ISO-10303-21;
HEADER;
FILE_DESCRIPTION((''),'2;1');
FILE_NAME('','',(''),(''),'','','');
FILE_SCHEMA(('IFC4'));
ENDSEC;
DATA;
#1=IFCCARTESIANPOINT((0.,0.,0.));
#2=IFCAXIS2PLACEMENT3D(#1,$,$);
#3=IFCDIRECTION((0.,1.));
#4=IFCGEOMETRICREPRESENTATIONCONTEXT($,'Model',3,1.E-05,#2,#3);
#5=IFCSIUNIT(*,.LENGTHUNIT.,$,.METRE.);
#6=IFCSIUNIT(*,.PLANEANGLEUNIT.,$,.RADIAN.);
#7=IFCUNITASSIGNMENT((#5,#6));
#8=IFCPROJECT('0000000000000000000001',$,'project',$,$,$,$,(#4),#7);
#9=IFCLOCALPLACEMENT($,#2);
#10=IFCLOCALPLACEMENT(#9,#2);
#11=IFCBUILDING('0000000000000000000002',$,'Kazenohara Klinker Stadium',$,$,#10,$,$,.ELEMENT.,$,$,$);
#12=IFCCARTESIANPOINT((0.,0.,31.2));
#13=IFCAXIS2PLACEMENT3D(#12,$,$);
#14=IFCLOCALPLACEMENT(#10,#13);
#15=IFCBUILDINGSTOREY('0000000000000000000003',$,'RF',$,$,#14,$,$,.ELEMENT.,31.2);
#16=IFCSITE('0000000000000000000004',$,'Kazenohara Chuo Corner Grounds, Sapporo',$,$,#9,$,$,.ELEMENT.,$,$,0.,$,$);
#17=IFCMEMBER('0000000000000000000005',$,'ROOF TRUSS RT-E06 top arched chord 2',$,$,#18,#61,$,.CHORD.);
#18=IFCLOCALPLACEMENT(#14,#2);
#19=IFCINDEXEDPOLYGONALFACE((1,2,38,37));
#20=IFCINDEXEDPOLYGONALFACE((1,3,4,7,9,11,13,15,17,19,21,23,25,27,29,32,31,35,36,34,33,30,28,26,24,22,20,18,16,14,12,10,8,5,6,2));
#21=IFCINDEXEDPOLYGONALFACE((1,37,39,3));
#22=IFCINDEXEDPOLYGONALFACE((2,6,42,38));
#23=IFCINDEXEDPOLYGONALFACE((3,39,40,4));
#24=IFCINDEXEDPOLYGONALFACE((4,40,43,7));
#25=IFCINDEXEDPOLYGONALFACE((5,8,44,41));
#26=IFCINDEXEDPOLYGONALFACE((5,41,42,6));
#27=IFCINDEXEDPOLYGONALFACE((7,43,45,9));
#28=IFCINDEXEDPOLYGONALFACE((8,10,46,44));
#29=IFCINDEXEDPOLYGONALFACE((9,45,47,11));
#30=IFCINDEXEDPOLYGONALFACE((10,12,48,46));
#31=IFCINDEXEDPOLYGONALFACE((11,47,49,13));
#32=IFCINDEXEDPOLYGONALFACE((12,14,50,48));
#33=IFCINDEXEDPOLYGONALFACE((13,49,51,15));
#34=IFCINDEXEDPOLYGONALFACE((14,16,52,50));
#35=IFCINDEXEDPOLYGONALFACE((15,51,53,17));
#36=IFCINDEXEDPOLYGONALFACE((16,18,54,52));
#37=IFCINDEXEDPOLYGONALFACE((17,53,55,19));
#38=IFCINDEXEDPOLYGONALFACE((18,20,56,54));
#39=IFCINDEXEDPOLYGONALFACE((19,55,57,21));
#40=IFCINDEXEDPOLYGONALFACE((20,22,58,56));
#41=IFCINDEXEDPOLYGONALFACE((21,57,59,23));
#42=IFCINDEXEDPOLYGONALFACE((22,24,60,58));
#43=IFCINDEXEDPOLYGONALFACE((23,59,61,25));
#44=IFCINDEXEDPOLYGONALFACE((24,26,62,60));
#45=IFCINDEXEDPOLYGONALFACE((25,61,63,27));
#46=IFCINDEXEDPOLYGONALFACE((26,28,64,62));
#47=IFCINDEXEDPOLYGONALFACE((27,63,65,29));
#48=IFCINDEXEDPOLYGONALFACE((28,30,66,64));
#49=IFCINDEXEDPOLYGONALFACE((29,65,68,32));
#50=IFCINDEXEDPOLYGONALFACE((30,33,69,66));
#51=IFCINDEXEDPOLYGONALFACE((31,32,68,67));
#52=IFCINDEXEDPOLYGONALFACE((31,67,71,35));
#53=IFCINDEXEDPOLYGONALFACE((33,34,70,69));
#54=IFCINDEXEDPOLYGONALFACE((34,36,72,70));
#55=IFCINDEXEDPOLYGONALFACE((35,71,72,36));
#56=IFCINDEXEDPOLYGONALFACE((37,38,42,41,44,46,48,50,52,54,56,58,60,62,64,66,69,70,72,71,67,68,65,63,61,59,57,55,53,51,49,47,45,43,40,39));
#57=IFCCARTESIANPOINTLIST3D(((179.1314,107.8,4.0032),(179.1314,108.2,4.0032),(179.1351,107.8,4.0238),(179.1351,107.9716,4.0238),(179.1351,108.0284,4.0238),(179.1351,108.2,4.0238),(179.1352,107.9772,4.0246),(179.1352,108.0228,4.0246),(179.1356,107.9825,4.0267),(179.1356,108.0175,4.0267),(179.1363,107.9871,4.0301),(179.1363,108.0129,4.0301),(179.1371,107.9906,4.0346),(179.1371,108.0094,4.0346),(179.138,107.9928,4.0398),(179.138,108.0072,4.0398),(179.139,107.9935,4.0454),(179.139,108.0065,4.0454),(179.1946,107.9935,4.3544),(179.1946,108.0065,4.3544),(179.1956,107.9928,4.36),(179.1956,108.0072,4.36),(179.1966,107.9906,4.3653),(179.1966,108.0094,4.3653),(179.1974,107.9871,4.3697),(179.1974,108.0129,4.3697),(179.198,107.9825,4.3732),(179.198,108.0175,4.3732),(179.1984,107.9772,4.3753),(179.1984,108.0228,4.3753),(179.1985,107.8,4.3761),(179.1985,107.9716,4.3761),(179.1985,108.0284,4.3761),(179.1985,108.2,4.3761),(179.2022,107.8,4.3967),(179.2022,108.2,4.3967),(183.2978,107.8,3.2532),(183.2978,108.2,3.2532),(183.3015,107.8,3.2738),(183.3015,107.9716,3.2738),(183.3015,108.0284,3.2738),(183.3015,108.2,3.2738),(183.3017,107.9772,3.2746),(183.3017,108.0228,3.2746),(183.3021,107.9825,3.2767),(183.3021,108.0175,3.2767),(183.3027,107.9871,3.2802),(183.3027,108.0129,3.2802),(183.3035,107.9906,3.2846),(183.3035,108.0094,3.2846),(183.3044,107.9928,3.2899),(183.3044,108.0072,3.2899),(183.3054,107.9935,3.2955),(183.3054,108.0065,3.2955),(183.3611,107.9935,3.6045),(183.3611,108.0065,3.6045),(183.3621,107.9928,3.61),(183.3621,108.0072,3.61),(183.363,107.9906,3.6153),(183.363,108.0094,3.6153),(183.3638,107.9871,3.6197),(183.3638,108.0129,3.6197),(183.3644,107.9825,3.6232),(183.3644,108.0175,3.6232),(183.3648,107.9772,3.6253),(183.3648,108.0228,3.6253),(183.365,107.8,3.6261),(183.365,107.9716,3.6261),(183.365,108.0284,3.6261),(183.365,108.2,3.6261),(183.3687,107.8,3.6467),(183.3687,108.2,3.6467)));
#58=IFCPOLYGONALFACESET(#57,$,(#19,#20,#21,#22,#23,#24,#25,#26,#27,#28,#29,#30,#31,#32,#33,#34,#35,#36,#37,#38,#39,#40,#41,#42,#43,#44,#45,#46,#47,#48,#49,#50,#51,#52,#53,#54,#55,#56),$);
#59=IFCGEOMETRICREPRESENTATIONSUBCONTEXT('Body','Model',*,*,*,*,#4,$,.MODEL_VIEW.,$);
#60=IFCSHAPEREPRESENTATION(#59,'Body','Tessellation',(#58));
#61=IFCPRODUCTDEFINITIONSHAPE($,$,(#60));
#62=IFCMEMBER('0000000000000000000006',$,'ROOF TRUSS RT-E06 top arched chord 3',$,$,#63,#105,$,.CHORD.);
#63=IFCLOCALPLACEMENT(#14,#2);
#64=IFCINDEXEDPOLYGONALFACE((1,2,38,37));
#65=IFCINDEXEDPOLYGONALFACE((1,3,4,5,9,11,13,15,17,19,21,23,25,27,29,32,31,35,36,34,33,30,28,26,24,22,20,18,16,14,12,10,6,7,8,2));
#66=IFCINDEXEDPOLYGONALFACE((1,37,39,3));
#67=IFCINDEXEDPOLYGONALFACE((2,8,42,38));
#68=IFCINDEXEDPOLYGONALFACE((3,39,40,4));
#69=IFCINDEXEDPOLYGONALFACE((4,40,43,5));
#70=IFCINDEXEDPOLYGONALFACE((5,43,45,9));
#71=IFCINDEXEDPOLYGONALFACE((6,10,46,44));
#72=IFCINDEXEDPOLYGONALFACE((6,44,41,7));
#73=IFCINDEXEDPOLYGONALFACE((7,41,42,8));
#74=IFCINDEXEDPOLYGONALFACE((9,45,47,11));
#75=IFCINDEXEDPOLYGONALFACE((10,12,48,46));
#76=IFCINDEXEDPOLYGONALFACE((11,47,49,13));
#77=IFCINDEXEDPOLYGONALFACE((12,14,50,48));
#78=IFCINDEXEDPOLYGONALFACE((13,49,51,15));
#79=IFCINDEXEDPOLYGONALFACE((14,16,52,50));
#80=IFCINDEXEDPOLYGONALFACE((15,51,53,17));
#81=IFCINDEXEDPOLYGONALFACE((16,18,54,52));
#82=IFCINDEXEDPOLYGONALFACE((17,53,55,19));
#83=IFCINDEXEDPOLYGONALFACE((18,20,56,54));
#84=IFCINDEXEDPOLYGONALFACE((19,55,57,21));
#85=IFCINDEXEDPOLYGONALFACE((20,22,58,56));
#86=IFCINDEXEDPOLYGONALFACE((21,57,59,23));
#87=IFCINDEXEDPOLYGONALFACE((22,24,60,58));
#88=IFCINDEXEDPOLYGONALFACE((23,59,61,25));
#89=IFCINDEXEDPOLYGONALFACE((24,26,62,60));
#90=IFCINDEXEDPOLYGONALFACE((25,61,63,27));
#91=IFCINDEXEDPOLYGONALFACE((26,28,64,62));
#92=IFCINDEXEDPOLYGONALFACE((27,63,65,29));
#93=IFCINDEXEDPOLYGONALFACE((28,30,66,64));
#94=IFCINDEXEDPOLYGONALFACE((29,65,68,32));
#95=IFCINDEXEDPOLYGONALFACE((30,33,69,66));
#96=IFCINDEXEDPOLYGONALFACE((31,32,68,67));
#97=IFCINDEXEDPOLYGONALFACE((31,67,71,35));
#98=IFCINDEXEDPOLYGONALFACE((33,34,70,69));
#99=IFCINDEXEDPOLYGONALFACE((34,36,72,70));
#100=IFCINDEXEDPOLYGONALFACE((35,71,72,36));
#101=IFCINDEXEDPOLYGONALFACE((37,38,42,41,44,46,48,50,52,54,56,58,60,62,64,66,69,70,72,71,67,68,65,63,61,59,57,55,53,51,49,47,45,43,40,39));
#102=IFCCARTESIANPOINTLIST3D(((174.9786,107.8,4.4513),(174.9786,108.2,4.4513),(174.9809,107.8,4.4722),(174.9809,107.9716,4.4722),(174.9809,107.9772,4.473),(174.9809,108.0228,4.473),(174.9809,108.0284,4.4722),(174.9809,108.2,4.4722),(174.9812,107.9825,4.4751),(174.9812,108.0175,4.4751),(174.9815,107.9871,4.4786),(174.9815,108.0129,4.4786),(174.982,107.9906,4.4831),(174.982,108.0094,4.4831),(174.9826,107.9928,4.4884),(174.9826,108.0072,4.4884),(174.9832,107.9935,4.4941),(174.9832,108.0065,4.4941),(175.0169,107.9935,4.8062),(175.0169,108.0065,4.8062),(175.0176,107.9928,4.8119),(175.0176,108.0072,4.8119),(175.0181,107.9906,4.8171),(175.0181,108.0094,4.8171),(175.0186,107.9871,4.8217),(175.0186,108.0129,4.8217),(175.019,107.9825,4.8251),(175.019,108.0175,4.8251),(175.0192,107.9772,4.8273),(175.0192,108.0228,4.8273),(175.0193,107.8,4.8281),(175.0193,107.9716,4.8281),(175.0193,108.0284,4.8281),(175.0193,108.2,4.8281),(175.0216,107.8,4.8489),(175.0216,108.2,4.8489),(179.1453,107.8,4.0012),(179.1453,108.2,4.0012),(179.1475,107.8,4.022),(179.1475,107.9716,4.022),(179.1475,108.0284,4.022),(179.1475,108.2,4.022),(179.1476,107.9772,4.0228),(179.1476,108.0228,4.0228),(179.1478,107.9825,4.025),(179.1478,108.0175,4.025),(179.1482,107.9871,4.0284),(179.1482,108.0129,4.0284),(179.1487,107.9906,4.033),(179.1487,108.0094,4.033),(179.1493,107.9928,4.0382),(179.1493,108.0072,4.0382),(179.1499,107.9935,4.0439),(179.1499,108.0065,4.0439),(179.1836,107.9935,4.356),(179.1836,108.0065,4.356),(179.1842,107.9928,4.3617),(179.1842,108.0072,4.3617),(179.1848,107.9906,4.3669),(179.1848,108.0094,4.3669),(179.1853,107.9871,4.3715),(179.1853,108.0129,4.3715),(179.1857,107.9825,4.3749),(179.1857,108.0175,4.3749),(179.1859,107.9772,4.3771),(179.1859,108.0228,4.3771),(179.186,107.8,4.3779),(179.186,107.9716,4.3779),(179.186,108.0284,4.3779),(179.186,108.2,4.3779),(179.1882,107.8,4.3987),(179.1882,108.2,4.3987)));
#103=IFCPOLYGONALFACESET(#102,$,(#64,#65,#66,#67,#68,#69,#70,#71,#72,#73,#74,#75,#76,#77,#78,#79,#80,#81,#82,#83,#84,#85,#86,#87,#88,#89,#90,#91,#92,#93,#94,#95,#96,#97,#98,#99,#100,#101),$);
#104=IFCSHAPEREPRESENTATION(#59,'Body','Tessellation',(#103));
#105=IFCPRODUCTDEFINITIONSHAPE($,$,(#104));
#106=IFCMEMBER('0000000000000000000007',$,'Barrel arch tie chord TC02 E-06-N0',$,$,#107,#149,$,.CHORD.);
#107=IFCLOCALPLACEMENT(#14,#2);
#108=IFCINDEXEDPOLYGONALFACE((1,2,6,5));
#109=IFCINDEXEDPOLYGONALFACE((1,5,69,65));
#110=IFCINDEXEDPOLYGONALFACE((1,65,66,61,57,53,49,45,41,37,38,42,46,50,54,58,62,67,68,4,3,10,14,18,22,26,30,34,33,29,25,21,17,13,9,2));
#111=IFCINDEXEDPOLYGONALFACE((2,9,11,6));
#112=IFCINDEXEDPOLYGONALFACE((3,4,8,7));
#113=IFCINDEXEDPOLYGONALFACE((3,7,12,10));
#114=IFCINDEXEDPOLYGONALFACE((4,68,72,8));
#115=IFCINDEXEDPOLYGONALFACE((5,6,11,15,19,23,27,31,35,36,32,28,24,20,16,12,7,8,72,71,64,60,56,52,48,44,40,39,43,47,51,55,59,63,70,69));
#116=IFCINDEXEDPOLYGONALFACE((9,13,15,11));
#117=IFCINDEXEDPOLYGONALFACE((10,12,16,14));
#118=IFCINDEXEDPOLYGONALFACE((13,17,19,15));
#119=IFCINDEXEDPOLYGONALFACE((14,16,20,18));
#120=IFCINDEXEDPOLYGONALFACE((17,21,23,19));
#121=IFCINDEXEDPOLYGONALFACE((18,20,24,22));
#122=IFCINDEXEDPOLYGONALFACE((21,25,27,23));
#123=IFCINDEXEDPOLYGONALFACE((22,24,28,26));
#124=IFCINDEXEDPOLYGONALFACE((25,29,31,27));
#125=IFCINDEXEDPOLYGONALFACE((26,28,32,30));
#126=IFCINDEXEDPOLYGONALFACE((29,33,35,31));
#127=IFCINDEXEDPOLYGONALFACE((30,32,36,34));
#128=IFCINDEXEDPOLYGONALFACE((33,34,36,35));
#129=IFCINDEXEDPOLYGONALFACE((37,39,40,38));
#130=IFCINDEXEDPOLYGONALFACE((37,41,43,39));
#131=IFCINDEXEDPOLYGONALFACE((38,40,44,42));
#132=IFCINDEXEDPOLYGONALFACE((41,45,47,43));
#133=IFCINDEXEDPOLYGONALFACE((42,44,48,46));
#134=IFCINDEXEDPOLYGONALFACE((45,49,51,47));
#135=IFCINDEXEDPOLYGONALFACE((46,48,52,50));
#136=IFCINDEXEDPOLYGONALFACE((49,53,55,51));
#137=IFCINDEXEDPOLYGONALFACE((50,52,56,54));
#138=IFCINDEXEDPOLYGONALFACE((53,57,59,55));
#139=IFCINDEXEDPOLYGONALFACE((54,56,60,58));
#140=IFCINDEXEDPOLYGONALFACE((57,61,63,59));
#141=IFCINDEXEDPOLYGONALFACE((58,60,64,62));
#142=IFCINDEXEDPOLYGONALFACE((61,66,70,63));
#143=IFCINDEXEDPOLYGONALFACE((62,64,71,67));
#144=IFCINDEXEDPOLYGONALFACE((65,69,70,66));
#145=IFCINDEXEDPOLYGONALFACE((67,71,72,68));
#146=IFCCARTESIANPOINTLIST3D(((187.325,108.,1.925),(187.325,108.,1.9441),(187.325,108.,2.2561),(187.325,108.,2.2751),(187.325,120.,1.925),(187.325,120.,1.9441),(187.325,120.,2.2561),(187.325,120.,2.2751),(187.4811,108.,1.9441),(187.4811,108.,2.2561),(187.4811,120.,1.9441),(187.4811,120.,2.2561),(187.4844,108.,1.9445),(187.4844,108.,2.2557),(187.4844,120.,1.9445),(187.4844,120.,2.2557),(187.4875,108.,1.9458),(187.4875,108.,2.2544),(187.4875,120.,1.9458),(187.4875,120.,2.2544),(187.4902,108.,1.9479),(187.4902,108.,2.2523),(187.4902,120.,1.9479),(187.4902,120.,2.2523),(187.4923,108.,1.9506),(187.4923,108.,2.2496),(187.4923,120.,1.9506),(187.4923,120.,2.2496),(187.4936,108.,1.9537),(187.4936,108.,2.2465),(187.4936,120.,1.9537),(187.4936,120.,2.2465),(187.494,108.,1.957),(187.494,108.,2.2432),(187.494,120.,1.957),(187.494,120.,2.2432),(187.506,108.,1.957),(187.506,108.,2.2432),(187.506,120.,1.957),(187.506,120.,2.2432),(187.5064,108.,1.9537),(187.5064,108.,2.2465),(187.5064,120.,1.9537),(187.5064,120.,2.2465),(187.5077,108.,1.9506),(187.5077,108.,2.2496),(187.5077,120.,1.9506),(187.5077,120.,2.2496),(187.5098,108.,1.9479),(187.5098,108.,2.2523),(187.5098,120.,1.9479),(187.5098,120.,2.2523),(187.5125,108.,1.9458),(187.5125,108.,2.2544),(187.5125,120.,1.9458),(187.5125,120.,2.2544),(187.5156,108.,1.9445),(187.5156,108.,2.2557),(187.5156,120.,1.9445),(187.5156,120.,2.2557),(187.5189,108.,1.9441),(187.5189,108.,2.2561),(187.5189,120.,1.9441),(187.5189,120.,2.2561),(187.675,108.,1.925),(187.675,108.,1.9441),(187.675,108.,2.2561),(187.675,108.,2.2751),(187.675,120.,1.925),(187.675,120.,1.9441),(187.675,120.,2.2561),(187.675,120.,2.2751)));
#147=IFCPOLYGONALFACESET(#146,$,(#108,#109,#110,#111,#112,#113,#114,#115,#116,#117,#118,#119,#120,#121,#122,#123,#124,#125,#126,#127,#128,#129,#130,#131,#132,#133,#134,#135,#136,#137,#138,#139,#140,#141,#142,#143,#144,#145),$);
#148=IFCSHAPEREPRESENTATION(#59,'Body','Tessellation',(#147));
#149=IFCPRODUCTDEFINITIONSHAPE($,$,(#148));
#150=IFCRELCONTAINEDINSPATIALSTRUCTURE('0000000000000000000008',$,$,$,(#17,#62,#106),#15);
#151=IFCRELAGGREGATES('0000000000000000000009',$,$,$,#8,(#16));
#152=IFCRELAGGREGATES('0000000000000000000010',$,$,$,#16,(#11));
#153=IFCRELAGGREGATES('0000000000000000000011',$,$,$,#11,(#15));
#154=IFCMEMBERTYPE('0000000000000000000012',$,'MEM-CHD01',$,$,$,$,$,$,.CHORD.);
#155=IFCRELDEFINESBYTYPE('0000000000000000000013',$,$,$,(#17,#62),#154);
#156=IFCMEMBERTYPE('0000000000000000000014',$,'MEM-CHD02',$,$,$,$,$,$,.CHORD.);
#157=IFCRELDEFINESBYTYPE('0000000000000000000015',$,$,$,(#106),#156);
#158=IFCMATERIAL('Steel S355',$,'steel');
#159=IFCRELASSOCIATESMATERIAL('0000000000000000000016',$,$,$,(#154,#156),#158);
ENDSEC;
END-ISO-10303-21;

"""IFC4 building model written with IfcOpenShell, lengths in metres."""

from ifc_helpers import new_model, si_unit, direction, frame, origin, origin_2d, place, context, subcontext, project, spatial, i_section, extrude, material, material_profile, profile_set, type_object, element, save


model = new_model("IFC4")

# Units and contexts
model_context = context("Model", 3, precision=1e-05, world=origin(), true_north=direction((0.0, 1.0)))
body_context = subcontext(model_context, "Body", "Model", "MODEL_VIEW")
ifc_project = project(units=[si_unit("LENGTHUNIT", "METRE"), si_unit("PLANEANGLEUNIT", "RADIAN")], contexts=[model_context])

# Site, building, storey
site_placement = place(None, origin())
site = spatial("IfcSite", under=ifc_project, at=site_placement, Name="Kazenohara Chuo Corner Grounds, Sapporo", CompositionType="ELEMENT", RefElevation=0.0)
building_placement = place(site_placement, origin())
building = spatial("IfcBuilding", under=site, at=building_placement, Name="Kazenohara Klinker Stadium", CompositionType="ELEMENT")
storey_placement = place(building_placement, frame((0.0, 0.0, 31.2)))
storey = spatial("IfcBuildingStorey", under=building, at=storey_placement, Name="RF", CompositionType="ELEMENT", Elevation=31.2)

# Members
ifc_material_1 = material(Name="Steel S355", Category="steel")
ifc_material_profile_1 = material_profile(ifc_material_1, i_section(OverallWidth=0.3999, OverallDepth=0.3999, WebThickness=0.0129, FlangeThickness=0.021, FilletRadius=0.022, at=origin_2d()), Name="H-400x400x13x21")
ifc_profile_set_1 = profile_set([ifc_material_profile_1], Name="Steel S355")
member_type_1 = type_object("IfcMemberType", Name="MEM-CHD01", PredefinedType="CHORD", material=ifc_profile_set_1)
member_1_placement = place(storey_placement, frame((183.3333, 108.0, 3.45), z_axis=(-0.984182, 0.0, 0.17716), x_axis=(0.0, -1.0, 0.0)))
element("IfcMember", 1, at=member_1_placement, inside=storey, type_object=member_type_1, Name="ROOF TRUSS RT-E06 top arched chord 2", PredefinedType="CHORD", context=body_context, shape_type="SweptSolid", body=[
    extrude(i_section(OverallWidth=0.3999, OverallDepth=0.3999, WebThickness=0.0129, FlangeThickness=0.021, FilletRadius=0.022, at=origin_2d()), origin(), (0.0, 0.0, 1.0), 4.2334),
])
member_2_placement = place(storey_placement, frame((179.1667, 108.0, 4.2), z_axis=(-0.994214, 0.0, 0.10742), x_axis=(0.0, -1.0, 0.0)))
element("IfcMember", 2, at=member_2_placement, inside=storey, type_object=member_type_1, Name="ROOF TRUSS RT-E06 top arched chord 3", PredefinedType="CHORD", context=body_context, shape_type="SweptSolid", body=[
    extrude(i_section(OverallWidth=0.3999, OverallDepth=0.3999, WebThickness=0.0129, FlangeThickness=0.021, FilletRadius=0.022, at=origin_2d()), origin(), (0.0, 0.0, 1.0), 4.1909),
])
ifc_material_profile_2 = material_profile(ifc_material_1, i_section(OverallWidth=0.3501, OverallDepth=0.3501, WebThickness=0.012, FlangeThickness=0.019, FilletRadius=0.0129, at=origin_2d()), Name="H-350x350x12x19")
ifc_profile_set_2 = profile_set([ifc_material_profile_2], Name="Steel S355")
member_type_2 = type_object("IfcMemberType", Name="MEM-CHD02", PredefinedType="CHORD", material=ifc_profile_set_2)
member_3_placement = place(storey_placement, frame((187.5, 108.0, 2.1001), z_axis=(0.0, 1.0, 0.0), x_axis=(-1.0, 0.0, 0.0)))
element("IfcMember", 3, at=member_3_placement, inside=storey, type_object=member_type_2, Name="Barrel arch tie chord TC02 E-06-N0", PredefinedType="CHORD", context=body_context, shape_type="SweptSolid", body=[
    extrude(i_section(OverallWidth=0.3501, OverallDepth=0.3501, WebThickness=0.012, FlangeThickness=0.019, FilletRadius=0.0129, at=origin_2d()), origin(), (0.0, 0.0, 1.0), 12.0),
])

save(model, "model.ifc")
